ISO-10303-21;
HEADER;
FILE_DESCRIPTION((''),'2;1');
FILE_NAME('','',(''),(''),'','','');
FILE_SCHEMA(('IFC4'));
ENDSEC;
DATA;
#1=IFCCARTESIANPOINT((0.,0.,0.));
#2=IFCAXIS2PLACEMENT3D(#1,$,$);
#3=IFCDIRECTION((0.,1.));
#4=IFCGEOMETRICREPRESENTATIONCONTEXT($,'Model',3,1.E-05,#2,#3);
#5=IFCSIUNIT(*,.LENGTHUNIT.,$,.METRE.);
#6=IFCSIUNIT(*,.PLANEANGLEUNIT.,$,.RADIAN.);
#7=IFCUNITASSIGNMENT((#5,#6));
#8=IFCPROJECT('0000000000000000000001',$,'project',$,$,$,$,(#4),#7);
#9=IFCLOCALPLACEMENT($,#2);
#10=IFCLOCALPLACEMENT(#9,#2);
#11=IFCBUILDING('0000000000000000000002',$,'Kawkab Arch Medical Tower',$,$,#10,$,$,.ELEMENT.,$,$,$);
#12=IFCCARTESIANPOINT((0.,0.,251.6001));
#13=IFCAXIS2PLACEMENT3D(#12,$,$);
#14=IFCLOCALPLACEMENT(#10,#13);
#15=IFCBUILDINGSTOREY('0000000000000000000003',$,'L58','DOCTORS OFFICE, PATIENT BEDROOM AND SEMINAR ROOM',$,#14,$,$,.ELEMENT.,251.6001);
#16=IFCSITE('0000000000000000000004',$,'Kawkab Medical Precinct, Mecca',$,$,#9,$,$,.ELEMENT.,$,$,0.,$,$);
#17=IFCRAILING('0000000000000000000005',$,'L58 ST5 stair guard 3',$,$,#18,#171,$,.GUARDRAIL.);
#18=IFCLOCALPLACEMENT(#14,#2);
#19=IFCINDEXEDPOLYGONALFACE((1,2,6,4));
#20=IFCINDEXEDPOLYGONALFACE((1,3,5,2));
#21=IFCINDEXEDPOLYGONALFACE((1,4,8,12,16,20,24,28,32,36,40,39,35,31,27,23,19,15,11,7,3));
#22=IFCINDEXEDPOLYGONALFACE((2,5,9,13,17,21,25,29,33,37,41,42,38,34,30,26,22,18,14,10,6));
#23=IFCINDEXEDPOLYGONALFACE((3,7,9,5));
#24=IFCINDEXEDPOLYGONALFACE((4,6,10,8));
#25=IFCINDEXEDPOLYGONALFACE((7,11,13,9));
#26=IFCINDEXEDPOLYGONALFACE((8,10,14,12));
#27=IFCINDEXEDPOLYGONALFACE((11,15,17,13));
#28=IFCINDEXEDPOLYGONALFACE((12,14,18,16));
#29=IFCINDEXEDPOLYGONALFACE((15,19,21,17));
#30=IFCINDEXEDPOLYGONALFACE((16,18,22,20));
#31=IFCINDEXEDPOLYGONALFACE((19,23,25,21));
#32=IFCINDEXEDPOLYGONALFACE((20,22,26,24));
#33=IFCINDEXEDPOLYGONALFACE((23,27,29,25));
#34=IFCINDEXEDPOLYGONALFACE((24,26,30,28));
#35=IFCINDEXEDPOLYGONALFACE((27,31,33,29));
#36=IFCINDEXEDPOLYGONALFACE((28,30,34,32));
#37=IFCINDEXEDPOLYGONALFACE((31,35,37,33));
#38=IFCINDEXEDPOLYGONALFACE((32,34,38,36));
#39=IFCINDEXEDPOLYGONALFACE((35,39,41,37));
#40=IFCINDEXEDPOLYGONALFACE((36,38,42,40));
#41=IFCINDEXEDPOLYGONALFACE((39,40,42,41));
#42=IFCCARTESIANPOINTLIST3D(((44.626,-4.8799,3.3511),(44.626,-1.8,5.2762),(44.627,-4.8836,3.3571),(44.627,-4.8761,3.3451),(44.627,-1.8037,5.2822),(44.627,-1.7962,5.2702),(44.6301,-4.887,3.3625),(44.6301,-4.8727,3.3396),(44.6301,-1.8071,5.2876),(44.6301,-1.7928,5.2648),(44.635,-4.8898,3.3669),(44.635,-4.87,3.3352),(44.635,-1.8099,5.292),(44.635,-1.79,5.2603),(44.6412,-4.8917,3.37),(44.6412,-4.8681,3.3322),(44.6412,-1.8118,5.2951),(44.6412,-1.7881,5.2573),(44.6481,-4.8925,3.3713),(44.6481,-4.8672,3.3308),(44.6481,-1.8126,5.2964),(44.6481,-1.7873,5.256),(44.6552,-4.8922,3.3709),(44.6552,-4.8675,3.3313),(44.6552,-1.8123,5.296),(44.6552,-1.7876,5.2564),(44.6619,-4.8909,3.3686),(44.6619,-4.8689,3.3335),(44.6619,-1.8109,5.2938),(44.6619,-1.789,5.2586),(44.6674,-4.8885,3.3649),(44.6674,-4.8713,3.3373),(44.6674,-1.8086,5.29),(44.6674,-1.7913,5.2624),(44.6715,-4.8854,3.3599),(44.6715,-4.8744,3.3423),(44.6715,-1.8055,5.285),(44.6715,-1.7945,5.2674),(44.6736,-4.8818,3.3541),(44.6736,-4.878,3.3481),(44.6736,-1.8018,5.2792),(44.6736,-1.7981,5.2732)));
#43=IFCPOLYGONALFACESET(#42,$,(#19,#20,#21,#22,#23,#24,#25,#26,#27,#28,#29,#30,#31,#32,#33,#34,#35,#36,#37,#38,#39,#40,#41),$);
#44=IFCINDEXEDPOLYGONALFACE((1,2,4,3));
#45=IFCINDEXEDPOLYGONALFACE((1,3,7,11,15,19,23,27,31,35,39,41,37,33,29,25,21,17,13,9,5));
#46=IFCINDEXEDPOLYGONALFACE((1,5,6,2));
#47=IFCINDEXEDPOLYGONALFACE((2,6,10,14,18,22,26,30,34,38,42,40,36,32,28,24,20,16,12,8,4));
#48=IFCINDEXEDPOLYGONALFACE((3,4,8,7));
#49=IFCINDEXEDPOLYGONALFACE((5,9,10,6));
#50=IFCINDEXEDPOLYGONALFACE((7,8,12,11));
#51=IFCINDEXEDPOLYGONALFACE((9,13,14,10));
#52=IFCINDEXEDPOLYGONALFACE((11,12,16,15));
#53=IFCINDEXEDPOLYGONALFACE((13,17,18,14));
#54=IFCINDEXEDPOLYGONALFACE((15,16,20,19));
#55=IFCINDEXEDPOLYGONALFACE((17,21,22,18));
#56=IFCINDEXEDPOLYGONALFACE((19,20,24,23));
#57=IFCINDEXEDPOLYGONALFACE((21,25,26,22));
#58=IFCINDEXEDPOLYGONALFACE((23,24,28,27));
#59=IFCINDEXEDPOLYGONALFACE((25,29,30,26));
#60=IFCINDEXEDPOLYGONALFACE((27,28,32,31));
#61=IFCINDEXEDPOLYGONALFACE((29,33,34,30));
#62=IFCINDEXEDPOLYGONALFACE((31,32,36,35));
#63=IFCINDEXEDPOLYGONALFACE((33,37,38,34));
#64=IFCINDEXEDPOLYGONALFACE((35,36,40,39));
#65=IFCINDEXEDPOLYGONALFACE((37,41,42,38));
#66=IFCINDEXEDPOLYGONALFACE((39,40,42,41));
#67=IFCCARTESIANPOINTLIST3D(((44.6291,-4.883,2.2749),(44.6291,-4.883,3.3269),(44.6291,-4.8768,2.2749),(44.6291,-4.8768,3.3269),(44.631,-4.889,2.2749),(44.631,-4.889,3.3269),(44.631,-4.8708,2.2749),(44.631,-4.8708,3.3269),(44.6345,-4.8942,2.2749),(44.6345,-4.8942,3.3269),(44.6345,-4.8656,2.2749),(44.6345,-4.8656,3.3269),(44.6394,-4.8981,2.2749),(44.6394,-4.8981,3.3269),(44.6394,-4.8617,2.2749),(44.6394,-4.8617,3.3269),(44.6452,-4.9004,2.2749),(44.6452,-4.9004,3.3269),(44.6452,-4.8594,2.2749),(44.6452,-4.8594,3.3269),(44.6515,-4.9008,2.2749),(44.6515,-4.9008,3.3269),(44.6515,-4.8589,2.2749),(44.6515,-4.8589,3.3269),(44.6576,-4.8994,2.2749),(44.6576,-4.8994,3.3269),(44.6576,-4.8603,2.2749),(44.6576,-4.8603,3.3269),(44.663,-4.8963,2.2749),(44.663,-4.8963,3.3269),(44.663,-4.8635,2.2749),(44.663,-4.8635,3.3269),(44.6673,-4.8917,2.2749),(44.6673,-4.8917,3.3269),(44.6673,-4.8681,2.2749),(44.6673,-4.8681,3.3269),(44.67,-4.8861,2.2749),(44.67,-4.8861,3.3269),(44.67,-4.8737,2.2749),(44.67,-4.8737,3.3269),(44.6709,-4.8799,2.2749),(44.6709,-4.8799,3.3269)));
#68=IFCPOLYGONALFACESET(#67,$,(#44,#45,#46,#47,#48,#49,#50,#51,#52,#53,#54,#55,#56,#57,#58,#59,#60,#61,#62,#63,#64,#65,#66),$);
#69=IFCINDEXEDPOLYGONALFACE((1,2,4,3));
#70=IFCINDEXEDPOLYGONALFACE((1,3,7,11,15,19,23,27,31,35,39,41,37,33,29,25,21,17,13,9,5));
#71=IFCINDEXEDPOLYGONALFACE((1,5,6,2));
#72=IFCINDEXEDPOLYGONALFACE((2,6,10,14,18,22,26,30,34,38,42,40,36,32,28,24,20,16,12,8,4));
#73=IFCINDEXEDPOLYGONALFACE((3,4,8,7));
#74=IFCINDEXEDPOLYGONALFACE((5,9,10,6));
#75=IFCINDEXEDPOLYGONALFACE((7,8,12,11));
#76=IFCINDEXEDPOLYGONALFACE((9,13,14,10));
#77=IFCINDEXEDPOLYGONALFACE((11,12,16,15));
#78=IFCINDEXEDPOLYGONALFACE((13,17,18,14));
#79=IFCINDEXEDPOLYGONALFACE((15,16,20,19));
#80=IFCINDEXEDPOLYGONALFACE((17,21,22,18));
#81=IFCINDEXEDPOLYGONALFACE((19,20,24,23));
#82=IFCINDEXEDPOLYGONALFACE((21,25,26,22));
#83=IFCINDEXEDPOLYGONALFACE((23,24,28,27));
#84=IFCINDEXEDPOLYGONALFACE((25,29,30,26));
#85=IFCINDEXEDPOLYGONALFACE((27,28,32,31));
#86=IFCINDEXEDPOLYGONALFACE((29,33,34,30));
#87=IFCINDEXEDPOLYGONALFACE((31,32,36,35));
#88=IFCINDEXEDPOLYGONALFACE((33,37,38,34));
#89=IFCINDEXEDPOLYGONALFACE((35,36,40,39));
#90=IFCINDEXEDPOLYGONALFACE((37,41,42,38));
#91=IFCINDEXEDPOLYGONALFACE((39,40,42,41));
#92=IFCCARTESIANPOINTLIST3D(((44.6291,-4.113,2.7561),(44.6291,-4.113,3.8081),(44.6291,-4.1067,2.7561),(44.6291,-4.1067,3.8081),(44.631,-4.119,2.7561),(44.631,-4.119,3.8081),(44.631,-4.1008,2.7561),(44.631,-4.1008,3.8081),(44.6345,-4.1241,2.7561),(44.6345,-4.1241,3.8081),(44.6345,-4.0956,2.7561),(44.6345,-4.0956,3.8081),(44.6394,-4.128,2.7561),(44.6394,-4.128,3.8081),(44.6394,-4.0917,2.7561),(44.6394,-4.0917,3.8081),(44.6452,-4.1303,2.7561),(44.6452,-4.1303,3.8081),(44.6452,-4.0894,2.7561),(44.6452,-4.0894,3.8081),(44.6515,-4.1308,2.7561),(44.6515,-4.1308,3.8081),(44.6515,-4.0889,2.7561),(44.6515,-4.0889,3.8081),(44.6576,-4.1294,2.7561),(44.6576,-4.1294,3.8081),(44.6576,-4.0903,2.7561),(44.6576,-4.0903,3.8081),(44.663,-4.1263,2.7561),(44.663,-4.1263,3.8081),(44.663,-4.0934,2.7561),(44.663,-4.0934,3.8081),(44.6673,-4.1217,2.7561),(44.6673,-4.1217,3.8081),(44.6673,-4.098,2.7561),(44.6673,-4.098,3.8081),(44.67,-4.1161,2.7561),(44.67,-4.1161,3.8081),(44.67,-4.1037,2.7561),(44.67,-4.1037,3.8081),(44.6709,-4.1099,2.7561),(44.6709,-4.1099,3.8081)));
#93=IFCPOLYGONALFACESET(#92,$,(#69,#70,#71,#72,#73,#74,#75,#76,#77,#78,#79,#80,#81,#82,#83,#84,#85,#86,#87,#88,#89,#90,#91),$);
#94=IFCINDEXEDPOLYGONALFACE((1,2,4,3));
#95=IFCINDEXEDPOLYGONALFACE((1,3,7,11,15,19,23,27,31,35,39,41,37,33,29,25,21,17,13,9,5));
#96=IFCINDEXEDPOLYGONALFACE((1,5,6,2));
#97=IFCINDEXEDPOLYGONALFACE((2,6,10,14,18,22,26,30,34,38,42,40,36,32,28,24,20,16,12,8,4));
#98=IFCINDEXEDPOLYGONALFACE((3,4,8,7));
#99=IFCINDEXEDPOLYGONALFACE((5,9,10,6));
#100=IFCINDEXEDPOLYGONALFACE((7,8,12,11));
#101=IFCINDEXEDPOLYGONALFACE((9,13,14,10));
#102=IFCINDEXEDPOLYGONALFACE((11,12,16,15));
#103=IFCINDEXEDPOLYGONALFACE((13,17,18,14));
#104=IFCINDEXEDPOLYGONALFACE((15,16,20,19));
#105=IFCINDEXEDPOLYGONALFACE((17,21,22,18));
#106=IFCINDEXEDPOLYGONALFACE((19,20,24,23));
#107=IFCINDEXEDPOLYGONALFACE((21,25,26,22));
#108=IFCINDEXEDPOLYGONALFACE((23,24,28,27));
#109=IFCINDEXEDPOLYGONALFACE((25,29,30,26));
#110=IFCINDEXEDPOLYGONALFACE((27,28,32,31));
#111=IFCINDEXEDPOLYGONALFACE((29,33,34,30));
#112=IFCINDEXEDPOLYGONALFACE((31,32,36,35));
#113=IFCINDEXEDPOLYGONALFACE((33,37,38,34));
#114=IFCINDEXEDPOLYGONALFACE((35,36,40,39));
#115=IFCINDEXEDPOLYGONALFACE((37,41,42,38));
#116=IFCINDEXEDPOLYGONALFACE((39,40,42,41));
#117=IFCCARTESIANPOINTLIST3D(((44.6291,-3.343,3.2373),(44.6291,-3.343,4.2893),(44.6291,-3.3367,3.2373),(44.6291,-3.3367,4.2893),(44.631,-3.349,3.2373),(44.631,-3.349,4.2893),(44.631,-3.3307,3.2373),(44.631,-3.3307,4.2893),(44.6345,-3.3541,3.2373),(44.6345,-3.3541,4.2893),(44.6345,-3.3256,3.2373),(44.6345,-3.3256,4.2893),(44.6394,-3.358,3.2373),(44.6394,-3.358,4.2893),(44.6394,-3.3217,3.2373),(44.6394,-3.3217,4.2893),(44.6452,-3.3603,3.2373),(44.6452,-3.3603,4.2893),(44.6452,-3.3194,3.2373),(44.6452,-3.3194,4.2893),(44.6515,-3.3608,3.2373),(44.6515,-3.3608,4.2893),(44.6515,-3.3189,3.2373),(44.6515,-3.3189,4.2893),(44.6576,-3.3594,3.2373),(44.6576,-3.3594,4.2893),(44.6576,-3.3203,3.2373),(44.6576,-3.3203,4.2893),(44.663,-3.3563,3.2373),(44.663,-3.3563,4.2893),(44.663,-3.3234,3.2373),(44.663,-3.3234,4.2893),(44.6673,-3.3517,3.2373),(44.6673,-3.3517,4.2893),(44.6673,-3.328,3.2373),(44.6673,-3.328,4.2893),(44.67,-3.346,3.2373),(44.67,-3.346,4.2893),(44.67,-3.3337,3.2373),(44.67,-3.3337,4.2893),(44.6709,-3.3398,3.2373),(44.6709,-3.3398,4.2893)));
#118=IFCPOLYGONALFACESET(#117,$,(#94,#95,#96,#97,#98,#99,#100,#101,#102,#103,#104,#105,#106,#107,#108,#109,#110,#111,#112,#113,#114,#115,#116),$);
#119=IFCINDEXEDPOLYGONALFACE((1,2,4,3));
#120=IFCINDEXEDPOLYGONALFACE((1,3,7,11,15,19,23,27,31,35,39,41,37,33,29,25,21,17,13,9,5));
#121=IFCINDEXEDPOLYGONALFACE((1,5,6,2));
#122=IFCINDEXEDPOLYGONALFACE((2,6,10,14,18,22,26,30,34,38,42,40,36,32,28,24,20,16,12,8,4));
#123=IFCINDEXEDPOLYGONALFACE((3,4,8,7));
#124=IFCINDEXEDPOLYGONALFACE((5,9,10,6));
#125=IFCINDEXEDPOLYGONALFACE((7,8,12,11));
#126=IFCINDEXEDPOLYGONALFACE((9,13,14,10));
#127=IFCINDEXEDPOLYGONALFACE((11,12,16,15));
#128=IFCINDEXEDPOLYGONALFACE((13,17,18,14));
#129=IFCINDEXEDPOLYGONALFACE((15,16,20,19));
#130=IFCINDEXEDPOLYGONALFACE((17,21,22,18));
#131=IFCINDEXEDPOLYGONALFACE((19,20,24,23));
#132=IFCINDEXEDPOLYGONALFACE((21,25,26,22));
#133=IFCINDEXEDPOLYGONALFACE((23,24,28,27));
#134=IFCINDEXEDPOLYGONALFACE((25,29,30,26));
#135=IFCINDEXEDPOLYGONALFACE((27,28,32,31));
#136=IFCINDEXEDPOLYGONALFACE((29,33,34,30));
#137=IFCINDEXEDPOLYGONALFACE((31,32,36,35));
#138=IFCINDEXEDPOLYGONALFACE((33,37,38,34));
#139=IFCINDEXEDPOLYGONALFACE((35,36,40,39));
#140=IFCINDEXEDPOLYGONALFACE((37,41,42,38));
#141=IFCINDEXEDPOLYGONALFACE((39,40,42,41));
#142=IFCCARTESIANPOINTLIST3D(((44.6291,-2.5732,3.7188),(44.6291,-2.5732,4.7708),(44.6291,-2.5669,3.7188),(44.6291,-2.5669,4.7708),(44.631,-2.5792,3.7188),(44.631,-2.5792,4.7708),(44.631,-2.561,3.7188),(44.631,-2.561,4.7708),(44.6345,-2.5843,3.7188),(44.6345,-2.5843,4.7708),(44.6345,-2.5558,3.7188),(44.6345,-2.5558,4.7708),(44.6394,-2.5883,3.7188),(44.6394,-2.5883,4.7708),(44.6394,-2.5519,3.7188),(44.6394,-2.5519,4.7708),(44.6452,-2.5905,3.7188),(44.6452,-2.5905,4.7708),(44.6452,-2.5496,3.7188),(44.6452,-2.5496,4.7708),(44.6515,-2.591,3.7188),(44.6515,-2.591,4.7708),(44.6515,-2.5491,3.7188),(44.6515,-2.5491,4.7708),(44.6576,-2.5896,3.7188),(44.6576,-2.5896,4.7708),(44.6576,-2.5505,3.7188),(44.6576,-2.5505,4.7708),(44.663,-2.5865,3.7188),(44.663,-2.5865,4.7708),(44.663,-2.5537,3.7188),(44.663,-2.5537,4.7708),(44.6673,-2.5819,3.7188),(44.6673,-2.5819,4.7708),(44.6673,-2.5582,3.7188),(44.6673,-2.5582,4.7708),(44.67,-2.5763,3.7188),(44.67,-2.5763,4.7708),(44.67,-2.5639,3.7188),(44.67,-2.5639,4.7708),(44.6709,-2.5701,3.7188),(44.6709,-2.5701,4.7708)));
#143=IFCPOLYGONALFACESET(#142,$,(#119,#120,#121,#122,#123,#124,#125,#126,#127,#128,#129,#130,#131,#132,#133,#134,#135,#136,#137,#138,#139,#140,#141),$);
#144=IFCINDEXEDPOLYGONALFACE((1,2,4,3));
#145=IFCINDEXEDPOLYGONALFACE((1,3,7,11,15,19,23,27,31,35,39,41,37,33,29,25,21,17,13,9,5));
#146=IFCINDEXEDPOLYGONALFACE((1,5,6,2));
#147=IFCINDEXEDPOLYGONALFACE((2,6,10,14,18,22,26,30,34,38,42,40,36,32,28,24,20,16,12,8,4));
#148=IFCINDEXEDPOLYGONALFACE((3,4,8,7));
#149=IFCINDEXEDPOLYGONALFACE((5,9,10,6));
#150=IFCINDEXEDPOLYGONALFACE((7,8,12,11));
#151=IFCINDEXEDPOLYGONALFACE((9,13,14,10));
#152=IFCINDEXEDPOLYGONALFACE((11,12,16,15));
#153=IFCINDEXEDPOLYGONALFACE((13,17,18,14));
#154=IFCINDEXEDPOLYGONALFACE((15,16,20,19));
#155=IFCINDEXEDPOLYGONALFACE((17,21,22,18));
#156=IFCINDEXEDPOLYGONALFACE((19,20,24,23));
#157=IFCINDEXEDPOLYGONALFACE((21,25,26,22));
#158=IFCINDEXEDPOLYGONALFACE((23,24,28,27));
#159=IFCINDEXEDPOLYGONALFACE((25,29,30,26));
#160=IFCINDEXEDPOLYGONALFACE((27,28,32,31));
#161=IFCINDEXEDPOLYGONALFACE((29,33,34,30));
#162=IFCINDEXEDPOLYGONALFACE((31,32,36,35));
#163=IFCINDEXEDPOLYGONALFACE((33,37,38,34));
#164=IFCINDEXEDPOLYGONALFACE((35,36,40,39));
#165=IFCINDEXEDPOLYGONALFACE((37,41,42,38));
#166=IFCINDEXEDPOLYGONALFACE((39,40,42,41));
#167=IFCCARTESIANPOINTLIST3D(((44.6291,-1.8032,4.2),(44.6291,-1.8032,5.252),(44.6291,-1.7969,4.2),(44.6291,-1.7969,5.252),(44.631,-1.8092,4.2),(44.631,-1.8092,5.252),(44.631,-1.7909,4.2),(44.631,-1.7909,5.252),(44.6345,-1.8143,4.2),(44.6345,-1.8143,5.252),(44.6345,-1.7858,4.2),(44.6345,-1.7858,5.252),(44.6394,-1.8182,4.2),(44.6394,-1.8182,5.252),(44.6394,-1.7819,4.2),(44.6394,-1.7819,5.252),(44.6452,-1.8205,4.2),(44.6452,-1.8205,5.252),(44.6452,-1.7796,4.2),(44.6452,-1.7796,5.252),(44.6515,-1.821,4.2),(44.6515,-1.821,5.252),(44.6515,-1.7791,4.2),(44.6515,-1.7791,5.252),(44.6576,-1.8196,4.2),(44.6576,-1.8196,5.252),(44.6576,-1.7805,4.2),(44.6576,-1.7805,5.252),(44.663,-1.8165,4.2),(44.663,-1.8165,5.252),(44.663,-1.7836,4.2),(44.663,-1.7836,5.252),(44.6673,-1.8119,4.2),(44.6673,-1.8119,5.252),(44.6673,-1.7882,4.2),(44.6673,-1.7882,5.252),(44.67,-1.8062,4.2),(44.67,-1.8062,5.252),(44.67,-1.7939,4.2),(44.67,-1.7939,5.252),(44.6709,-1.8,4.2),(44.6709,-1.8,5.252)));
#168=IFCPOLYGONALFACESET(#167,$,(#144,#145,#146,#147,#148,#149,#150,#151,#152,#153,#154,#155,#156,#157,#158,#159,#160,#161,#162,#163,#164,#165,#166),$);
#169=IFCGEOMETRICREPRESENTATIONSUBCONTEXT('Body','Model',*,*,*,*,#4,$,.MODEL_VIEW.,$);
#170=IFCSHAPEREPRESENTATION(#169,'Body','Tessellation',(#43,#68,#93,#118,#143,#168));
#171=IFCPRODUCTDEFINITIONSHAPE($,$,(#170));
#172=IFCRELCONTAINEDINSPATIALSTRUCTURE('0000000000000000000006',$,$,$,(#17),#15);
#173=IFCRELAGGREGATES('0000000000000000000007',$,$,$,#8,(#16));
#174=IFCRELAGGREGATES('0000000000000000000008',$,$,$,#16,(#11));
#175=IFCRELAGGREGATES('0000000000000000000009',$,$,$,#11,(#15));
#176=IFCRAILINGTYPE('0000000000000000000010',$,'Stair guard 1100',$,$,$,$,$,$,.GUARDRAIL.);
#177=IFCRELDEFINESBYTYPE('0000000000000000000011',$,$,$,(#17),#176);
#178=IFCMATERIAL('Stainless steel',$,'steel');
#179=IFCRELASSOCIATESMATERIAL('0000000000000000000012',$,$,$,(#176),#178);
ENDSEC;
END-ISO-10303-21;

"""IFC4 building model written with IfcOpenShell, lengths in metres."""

from ifc_helpers import new_model, si_unit, direction, frame, origin, origin_2d, place, context, subcontext, project, spatial, circle, extrude, material, type_object, element, save


model = new_model("IFC4")

# Units and contexts
model_context = context("Model", 3, precision=1e-05, world=origin(), true_north=direction((0.0, 1.0)))
body_context = subcontext(model_context, "Body", "Model", "MODEL_VIEW")
ifc_project = project(units=[si_unit("LENGTHUNIT", "METRE"), si_unit("PLANEANGLEUNIT", "RADIAN")], contexts=[model_context])

# Site, building, storey
site_placement = place(None, origin())
site = spatial("IfcSite", under=ifc_project, at=site_placement, Name="Kawkab Medical Precinct, Mecca", CompositionType="ELEMENT", RefElevation=0.0)
building_placement = place(site_placement, origin())
building = spatial("IfcBuilding", under=site, at=building_placement, Name="Kawkab Arch Medical Tower", CompositionType="ELEMENT")
storey_placement = place(building_placement, frame((0.0, 0.0, 251.6001)))
storey = spatial("IfcBuildingStorey", under=building, at=storey_placement, Name="L58", Description="DOCTORS OFFICE, PATIENT BEDROOM AND SEMINAR ROOM", CompositionType="ELEMENT", Elevation=251.6001)

# Railing
ifc_material_1 = material(Name="Stainless steel", Category="steel")
railing_type_1 = type_object("IfcRailingType", Name="Stair guard 1100", PredefinedType="GUARDRAIL", material=ifc_material_1)
railing_1_placement = place(storey_placement, frame((44.6499, -4.8799, 2.2749)))
element("IfcRailing", 1, at=railing_1_placement, inside=storey, type_object=railing_type_1, Name="L58 ST5 stair guard 3", PredefinedType="GUARDRAIL", context=body_context, shape_type="SweptSolid", body=[
    extrude(circle(Radius=0.0239, at=origin_2d()), frame((0.0, 0.0, 1.0762), z_axis=(0.0, 0.847979, 0.530029), x_axis=(-1.0, 0.0, 0.0)), (0.0, 0.0, 1.0), 3.6321),
    extrude(circle(Radius=0.021, at=origin_2d()), origin(), (0.0, 0.0, 1.0), 1.052),
    extrude(circle(Radius=0.021, at=origin_2d()), frame((0.0, 0.77, 0.4812)), (0.0, 0.0, 1.0), 1.052),
    extrude(circle(Radius=0.021, at=origin_2d()), frame((0.0, 1.54, 0.9624)), (0.0, 0.0, 1.0), 1.052),
    extrude(circle(Radius=0.021, at=origin_2d()), frame((0.0, 2.3098, 1.4438)), (0.0, 0.0, 1.0), 1.052),
    extrude(circle(Radius=0.021, at=origin_2d()), frame((0.0, 3.0798, 1.925)), (0.0, 0.0, 1.0), 1.052),
])

save(model, "model.ifc")
